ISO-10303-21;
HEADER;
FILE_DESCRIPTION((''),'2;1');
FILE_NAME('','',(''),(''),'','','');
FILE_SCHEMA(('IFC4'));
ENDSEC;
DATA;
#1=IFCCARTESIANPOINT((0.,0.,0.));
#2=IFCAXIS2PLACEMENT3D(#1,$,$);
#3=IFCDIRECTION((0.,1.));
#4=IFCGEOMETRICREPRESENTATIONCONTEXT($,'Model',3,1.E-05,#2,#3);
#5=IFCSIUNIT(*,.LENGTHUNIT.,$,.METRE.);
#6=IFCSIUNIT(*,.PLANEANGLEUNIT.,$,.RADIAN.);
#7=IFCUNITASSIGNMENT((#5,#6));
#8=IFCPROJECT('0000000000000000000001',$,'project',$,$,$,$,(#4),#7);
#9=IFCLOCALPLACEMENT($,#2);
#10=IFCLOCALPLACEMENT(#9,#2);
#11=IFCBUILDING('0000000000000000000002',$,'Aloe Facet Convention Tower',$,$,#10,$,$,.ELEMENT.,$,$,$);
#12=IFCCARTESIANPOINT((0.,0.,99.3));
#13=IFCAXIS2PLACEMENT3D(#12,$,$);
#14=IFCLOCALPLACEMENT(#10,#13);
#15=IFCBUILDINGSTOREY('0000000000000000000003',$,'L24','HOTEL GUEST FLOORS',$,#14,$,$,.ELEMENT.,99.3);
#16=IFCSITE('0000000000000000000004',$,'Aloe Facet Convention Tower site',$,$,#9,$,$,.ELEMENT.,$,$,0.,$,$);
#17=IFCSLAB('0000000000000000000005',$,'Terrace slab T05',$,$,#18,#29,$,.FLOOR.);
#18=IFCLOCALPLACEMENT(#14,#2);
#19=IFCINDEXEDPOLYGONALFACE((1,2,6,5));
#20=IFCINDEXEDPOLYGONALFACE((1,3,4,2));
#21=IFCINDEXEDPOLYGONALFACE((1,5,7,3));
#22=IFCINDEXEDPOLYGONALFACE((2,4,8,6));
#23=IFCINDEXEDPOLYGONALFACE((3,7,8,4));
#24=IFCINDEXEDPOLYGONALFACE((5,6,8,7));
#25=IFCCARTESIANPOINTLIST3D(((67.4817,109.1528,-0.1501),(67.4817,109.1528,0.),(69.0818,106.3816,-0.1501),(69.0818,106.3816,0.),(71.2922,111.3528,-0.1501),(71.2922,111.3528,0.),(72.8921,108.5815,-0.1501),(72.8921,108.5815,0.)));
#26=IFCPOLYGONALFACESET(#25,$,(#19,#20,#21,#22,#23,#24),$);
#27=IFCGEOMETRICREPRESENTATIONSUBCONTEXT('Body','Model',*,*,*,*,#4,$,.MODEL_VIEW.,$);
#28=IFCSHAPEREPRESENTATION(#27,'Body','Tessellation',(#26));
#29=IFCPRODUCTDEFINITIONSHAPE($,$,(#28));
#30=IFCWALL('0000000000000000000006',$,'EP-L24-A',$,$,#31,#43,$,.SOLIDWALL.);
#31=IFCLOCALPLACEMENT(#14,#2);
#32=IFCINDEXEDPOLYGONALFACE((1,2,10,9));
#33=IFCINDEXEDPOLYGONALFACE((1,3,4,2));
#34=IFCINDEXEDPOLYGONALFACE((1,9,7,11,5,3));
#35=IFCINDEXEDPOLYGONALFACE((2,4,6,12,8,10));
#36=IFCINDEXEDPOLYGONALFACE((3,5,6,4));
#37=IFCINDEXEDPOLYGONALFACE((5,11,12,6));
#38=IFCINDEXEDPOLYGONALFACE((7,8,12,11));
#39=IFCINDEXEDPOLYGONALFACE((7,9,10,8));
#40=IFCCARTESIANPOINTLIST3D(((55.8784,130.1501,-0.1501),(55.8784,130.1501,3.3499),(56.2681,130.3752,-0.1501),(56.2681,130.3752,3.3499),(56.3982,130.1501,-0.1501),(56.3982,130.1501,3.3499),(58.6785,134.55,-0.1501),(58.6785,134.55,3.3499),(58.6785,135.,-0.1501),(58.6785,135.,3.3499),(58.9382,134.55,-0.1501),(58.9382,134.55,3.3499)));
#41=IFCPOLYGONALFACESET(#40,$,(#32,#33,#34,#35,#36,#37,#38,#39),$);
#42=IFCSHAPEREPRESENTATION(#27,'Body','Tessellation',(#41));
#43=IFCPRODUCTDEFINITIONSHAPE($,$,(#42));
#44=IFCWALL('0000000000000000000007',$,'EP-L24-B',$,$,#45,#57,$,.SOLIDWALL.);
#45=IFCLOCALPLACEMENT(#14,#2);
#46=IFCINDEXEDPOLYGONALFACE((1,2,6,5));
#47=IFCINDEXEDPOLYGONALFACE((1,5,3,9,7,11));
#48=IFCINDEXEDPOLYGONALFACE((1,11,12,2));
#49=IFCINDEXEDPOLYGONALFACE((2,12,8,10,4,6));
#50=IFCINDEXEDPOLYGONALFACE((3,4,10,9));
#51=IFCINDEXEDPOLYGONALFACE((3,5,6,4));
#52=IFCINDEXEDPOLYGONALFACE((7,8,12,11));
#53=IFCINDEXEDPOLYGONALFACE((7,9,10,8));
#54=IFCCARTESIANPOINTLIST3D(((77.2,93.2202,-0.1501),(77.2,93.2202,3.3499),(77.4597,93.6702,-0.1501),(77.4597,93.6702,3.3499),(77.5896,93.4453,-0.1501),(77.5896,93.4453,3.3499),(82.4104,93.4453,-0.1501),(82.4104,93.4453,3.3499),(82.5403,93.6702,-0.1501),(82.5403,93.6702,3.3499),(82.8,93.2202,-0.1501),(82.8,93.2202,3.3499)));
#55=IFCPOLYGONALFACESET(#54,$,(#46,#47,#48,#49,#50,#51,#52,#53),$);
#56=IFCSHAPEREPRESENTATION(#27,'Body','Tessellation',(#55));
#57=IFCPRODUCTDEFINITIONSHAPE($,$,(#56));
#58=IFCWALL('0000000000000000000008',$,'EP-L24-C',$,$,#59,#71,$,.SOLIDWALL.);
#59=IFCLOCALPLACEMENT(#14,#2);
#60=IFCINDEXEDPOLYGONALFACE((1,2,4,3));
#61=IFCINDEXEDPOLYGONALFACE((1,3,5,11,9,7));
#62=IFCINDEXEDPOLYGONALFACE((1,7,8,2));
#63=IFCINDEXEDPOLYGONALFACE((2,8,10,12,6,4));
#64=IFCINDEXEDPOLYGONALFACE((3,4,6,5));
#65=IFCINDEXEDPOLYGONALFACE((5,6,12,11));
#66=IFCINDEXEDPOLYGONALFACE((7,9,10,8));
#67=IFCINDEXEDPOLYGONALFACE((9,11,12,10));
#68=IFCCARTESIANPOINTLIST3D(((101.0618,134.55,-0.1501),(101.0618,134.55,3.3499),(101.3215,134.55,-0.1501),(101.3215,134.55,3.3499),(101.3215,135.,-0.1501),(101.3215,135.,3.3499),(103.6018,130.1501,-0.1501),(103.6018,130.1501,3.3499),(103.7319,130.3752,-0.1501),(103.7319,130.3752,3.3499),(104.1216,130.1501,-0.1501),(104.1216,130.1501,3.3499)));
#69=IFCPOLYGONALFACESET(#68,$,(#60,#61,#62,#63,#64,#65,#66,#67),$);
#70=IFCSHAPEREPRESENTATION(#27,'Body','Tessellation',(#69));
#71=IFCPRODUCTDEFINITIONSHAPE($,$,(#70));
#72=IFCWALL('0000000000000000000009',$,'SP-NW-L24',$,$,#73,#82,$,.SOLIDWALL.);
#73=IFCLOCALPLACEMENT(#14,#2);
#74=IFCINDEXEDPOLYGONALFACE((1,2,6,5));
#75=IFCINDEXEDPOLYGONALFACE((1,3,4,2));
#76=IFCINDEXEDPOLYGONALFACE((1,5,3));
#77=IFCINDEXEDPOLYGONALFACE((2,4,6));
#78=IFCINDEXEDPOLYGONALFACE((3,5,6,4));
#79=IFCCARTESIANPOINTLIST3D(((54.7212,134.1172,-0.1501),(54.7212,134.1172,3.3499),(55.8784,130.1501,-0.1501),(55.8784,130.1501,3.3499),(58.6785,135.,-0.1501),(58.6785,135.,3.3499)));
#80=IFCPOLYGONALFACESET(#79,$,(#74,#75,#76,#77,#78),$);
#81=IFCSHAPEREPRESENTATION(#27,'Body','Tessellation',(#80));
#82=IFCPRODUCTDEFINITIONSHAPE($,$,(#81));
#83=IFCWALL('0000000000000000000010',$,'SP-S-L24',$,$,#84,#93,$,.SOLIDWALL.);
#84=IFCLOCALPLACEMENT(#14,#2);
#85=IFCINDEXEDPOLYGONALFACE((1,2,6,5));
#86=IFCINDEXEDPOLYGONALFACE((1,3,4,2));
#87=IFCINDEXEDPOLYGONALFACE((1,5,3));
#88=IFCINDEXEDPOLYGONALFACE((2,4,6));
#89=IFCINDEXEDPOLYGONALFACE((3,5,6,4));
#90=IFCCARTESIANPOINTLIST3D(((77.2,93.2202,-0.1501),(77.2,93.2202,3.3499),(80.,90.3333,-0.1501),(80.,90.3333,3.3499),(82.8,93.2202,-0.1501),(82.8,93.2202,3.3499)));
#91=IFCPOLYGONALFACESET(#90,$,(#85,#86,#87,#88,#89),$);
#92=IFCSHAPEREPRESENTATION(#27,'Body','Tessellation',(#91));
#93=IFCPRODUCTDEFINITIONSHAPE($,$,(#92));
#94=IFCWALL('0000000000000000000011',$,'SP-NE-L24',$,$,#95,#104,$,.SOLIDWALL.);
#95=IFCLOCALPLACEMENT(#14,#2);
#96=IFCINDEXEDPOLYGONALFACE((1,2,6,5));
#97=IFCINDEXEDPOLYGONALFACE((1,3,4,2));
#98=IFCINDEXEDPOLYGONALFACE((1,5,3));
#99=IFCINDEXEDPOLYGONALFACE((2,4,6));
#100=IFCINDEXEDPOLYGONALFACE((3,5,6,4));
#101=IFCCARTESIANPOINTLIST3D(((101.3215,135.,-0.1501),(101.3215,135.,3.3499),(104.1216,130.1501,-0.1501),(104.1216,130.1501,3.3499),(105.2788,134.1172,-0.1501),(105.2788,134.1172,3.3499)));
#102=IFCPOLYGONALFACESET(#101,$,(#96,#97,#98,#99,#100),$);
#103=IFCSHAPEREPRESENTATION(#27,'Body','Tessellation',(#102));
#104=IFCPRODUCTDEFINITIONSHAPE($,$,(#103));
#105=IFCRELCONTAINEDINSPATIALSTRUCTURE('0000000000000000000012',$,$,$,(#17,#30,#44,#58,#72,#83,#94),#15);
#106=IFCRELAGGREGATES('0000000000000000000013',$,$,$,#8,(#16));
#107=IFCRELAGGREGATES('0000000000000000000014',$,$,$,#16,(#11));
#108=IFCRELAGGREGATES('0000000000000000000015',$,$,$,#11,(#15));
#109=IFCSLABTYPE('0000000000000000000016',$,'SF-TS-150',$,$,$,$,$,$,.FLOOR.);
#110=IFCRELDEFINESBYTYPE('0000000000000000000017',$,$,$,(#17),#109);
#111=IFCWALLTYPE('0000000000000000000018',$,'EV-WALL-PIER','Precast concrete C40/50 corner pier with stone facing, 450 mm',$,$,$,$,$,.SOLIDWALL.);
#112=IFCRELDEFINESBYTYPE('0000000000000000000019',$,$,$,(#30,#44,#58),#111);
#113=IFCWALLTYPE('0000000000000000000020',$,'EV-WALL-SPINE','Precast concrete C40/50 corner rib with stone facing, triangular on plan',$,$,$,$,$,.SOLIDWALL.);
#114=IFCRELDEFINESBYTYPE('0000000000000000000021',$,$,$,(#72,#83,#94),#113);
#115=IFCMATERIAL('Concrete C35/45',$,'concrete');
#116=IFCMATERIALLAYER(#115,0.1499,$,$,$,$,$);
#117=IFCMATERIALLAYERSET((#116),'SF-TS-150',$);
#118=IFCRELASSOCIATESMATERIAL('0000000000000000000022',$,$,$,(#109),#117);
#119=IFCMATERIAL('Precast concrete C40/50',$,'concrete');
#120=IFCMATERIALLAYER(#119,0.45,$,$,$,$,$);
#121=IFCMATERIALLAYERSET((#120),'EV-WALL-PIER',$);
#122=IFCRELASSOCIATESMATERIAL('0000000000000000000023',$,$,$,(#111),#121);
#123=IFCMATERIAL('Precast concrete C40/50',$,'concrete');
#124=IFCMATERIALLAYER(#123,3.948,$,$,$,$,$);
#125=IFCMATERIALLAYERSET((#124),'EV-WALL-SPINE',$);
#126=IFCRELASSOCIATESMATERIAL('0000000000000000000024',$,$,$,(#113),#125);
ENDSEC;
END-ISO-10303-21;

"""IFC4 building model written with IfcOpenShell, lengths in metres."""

from ifc_helpers import new_model, si_unit, direction, frame, origin, place, context, subcontext, project, spatial, polyline, outline, extrude, material, layer, layer_set, type_object, element, save


model = new_model("IFC4")

# Units and contexts
model_context = context("Model", 3, precision=1e-05, world=origin(), true_north=direction((0.0, 1.0)))
body_context = subcontext(model_context, "Body", "Model", "MODEL_VIEW")
ifc_project = project(units=[si_unit("LENGTHUNIT", "METRE"), si_unit("PLANEANGLEUNIT", "RADIAN")], contexts=[model_context])

# Site, building, storey
site_placement = place(None, origin())
site = spatial("IfcSite", under=ifc_project, at=site_placement, Name="Aloe Facet Convention Tower site", CompositionType="ELEMENT", RefElevation=0.0)
building_placement = place(site_placement, origin())
building = spatial("IfcBuilding", under=site, at=building_placement, Name="Aloe Facet Convention Tower", CompositionType="ELEMENT")
storey_placement = place(building_placement, frame((0.0, 0.0, 99.3)))
storey = spatial("IfcBuildingStorey", under=building, at=storey_placement, Name="L24", Description="HOTEL GUEST FLOORS", CompositionType="ELEMENT", Elevation=99.3)

# Slab
ifc_material_1 = material(Name="Concrete C35/45", Category="concrete")
ifc_layer_1 = layer(ifc_material_1, 0.1499)
ifc_layer_set_1 = layer_set([ifc_layer_1], Name="SF-TS-150")
slab_type_1 = type_object("IfcSlabType", Name="SF-TS-150", PredefinedType="FLOOR", material=ifc_layer_set_1)
slab_1_placement = place(storey_placement, frame((0.0, 0.0, -0.1501)))
element("IfcSlab", 1, at=slab_1_placement, inside=storey, type_object=slab_type_1, Name="Terrace slab T05", PredefinedType="FLOOR", context=body_context, shape_type="SweptSolid", body=[
    extrude(outline(polyline([(67.4817, 109.1528), (71.2922, 111.3528), (72.8921, 108.5815), (69.0818, 106.3816), (67.4817, 109.1528)])), origin(), (0.0, 0.0, 1.0), 0.1501),
])

# Walls
ifc_material_2 = material(Name="Precast concrete C40/50", Category="concrete")
ifc_layer_2 = layer(ifc_material_2, 0.45)
ifc_layer_set_2 = layer_set([ifc_layer_2], Name="EV-WALL-PIER")
wall_type_1 = type_object("IfcWallType", Name="EV-WALL-PIER", Description="Precast concrete C40/50 corner pier with stone facing, 450 mm", PredefinedType="SOLIDWALL", material=ifc_layer_set_2)
wall_1_placement = place(storey_placement, frame((0.0, 0.0, -0.1501)))
element("IfcWall", 2, at=wall_1_placement, inside=storey, type_object=wall_type_1, Name="EP-L24-A", PredefinedType="SOLIDWALL", context=body_context, shape_type="SweptSolid", body=[
    extrude(outline(polyline([(58.6785, 135.0), (58.6785, 134.55), (58.9382, 134.55), (56.3982, 130.1501), (56.2681, 130.3752), (55.8784, 130.1501), (58.6785, 135.0)])), origin(), (0.0, 0.0, 1.0), 3.5),
])
wall_2_placement = place(storey_placement, frame((0.0, 0.0, -0.1501)))
element("IfcWall", 3, at=wall_2_placement, inside=storey, type_object=wall_type_1, Name="EP-L24-B", PredefinedType="SOLIDWALL", context=body_context, shape_type="SweptSolid", body=[
    extrude(outline(polyline([(77.2, 93.2202), (77.5896, 93.4453), (77.4597, 93.6702), (82.5403, 93.6702), (82.4104, 93.4453), (82.8, 93.2202), (77.2, 93.2202)])), origin(), (0.0, 0.0, 1.0), 3.5),
])
wall_3_placement = place(storey_placement, frame((0.0, 0.0, -0.1501)))
element("IfcWall", 4, at=wall_3_placement, inside=storey, type_object=wall_type_1, Name="EP-L24-C", PredefinedType="SOLIDWALL", context=body_context, shape_type="SweptSolid", body=[
    extrude(outline(polyline([(104.1216, 130.1501), (103.7319, 130.3752), (103.6018, 130.1501), (101.0618, 134.55), (101.3215, 134.55), (101.3215, 135.0), (104.1216, 130.1501)])), origin(), (0.0, 0.0, 1.0), 3.5),
])
ifc_material_3 = material(Name="Precast concrete C40/50", Category="concrete")
ifc_layer_3 = layer(ifc_material_3, 3.948)
ifc_layer_set_3 = layer_set([ifc_layer_3], Name="EV-WALL-SPINE")
wall_type_2 = type_object("IfcWallType", Name="EV-WALL-SPINE", Description="Precast concrete C40/50 corner rib with stone facing, triangular on plan", PredefinedType="SOLIDWALL", material=ifc_layer_set_3)
wall_4_placement = place(storey_placement, frame((0.0, 0.0, -0.1501)))
element("IfcWall", 5, at=wall_4_placement, inside=storey, type_object=wall_type_2, Name="SP-NW-L24", PredefinedType="SOLIDWALL", context=body_context, shape_type="SweptSolid", body=[
    extrude(outline(polyline([(58.6785, 135.0), (54.7212, 134.1172), (55.8784, 130.1501), (58.6785, 135.0)])), origin(), (0.0, 0.0, 1.0), 3.5),
])
wall_5_placement = place(storey_placement, frame((0.0, 0.0, -0.1501)))
element("IfcWall", 6, at=wall_5_placement, inside=storey, type_object=wall_type_2, Name="SP-S-L24", PredefinedType="SOLIDWALL", context=body_context, shape_type="SweptSolid", body=[
    extrude(outline(polyline([(77.2, 93.2202), (80.0, 90.3333), (82.8, 93.2202), (77.2, 93.2202)])), origin(), (0.0, 0.0, 1.0), 3.5),
])
wall_6_placement = place(storey_placement, frame((0.0, 0.0, -0.1501)))
element("IfcWall", 7, at=wall_6_placement, inside=storey, type_object=wall_type_2, Name="SP-NE-L24", PredefinedType="SOLIDWALL", context=body_context, shape_type="SweptSolid", body=[
    extrude(outline(polyline([(104.1216, 130.1501), (105.2788, 134.1172), (101.3215, 135.0), (104.1216, 130.1501)])), origin(), (0.0, 0.0, 1.0), 3.5),
])

save(model, "model.ifc")
